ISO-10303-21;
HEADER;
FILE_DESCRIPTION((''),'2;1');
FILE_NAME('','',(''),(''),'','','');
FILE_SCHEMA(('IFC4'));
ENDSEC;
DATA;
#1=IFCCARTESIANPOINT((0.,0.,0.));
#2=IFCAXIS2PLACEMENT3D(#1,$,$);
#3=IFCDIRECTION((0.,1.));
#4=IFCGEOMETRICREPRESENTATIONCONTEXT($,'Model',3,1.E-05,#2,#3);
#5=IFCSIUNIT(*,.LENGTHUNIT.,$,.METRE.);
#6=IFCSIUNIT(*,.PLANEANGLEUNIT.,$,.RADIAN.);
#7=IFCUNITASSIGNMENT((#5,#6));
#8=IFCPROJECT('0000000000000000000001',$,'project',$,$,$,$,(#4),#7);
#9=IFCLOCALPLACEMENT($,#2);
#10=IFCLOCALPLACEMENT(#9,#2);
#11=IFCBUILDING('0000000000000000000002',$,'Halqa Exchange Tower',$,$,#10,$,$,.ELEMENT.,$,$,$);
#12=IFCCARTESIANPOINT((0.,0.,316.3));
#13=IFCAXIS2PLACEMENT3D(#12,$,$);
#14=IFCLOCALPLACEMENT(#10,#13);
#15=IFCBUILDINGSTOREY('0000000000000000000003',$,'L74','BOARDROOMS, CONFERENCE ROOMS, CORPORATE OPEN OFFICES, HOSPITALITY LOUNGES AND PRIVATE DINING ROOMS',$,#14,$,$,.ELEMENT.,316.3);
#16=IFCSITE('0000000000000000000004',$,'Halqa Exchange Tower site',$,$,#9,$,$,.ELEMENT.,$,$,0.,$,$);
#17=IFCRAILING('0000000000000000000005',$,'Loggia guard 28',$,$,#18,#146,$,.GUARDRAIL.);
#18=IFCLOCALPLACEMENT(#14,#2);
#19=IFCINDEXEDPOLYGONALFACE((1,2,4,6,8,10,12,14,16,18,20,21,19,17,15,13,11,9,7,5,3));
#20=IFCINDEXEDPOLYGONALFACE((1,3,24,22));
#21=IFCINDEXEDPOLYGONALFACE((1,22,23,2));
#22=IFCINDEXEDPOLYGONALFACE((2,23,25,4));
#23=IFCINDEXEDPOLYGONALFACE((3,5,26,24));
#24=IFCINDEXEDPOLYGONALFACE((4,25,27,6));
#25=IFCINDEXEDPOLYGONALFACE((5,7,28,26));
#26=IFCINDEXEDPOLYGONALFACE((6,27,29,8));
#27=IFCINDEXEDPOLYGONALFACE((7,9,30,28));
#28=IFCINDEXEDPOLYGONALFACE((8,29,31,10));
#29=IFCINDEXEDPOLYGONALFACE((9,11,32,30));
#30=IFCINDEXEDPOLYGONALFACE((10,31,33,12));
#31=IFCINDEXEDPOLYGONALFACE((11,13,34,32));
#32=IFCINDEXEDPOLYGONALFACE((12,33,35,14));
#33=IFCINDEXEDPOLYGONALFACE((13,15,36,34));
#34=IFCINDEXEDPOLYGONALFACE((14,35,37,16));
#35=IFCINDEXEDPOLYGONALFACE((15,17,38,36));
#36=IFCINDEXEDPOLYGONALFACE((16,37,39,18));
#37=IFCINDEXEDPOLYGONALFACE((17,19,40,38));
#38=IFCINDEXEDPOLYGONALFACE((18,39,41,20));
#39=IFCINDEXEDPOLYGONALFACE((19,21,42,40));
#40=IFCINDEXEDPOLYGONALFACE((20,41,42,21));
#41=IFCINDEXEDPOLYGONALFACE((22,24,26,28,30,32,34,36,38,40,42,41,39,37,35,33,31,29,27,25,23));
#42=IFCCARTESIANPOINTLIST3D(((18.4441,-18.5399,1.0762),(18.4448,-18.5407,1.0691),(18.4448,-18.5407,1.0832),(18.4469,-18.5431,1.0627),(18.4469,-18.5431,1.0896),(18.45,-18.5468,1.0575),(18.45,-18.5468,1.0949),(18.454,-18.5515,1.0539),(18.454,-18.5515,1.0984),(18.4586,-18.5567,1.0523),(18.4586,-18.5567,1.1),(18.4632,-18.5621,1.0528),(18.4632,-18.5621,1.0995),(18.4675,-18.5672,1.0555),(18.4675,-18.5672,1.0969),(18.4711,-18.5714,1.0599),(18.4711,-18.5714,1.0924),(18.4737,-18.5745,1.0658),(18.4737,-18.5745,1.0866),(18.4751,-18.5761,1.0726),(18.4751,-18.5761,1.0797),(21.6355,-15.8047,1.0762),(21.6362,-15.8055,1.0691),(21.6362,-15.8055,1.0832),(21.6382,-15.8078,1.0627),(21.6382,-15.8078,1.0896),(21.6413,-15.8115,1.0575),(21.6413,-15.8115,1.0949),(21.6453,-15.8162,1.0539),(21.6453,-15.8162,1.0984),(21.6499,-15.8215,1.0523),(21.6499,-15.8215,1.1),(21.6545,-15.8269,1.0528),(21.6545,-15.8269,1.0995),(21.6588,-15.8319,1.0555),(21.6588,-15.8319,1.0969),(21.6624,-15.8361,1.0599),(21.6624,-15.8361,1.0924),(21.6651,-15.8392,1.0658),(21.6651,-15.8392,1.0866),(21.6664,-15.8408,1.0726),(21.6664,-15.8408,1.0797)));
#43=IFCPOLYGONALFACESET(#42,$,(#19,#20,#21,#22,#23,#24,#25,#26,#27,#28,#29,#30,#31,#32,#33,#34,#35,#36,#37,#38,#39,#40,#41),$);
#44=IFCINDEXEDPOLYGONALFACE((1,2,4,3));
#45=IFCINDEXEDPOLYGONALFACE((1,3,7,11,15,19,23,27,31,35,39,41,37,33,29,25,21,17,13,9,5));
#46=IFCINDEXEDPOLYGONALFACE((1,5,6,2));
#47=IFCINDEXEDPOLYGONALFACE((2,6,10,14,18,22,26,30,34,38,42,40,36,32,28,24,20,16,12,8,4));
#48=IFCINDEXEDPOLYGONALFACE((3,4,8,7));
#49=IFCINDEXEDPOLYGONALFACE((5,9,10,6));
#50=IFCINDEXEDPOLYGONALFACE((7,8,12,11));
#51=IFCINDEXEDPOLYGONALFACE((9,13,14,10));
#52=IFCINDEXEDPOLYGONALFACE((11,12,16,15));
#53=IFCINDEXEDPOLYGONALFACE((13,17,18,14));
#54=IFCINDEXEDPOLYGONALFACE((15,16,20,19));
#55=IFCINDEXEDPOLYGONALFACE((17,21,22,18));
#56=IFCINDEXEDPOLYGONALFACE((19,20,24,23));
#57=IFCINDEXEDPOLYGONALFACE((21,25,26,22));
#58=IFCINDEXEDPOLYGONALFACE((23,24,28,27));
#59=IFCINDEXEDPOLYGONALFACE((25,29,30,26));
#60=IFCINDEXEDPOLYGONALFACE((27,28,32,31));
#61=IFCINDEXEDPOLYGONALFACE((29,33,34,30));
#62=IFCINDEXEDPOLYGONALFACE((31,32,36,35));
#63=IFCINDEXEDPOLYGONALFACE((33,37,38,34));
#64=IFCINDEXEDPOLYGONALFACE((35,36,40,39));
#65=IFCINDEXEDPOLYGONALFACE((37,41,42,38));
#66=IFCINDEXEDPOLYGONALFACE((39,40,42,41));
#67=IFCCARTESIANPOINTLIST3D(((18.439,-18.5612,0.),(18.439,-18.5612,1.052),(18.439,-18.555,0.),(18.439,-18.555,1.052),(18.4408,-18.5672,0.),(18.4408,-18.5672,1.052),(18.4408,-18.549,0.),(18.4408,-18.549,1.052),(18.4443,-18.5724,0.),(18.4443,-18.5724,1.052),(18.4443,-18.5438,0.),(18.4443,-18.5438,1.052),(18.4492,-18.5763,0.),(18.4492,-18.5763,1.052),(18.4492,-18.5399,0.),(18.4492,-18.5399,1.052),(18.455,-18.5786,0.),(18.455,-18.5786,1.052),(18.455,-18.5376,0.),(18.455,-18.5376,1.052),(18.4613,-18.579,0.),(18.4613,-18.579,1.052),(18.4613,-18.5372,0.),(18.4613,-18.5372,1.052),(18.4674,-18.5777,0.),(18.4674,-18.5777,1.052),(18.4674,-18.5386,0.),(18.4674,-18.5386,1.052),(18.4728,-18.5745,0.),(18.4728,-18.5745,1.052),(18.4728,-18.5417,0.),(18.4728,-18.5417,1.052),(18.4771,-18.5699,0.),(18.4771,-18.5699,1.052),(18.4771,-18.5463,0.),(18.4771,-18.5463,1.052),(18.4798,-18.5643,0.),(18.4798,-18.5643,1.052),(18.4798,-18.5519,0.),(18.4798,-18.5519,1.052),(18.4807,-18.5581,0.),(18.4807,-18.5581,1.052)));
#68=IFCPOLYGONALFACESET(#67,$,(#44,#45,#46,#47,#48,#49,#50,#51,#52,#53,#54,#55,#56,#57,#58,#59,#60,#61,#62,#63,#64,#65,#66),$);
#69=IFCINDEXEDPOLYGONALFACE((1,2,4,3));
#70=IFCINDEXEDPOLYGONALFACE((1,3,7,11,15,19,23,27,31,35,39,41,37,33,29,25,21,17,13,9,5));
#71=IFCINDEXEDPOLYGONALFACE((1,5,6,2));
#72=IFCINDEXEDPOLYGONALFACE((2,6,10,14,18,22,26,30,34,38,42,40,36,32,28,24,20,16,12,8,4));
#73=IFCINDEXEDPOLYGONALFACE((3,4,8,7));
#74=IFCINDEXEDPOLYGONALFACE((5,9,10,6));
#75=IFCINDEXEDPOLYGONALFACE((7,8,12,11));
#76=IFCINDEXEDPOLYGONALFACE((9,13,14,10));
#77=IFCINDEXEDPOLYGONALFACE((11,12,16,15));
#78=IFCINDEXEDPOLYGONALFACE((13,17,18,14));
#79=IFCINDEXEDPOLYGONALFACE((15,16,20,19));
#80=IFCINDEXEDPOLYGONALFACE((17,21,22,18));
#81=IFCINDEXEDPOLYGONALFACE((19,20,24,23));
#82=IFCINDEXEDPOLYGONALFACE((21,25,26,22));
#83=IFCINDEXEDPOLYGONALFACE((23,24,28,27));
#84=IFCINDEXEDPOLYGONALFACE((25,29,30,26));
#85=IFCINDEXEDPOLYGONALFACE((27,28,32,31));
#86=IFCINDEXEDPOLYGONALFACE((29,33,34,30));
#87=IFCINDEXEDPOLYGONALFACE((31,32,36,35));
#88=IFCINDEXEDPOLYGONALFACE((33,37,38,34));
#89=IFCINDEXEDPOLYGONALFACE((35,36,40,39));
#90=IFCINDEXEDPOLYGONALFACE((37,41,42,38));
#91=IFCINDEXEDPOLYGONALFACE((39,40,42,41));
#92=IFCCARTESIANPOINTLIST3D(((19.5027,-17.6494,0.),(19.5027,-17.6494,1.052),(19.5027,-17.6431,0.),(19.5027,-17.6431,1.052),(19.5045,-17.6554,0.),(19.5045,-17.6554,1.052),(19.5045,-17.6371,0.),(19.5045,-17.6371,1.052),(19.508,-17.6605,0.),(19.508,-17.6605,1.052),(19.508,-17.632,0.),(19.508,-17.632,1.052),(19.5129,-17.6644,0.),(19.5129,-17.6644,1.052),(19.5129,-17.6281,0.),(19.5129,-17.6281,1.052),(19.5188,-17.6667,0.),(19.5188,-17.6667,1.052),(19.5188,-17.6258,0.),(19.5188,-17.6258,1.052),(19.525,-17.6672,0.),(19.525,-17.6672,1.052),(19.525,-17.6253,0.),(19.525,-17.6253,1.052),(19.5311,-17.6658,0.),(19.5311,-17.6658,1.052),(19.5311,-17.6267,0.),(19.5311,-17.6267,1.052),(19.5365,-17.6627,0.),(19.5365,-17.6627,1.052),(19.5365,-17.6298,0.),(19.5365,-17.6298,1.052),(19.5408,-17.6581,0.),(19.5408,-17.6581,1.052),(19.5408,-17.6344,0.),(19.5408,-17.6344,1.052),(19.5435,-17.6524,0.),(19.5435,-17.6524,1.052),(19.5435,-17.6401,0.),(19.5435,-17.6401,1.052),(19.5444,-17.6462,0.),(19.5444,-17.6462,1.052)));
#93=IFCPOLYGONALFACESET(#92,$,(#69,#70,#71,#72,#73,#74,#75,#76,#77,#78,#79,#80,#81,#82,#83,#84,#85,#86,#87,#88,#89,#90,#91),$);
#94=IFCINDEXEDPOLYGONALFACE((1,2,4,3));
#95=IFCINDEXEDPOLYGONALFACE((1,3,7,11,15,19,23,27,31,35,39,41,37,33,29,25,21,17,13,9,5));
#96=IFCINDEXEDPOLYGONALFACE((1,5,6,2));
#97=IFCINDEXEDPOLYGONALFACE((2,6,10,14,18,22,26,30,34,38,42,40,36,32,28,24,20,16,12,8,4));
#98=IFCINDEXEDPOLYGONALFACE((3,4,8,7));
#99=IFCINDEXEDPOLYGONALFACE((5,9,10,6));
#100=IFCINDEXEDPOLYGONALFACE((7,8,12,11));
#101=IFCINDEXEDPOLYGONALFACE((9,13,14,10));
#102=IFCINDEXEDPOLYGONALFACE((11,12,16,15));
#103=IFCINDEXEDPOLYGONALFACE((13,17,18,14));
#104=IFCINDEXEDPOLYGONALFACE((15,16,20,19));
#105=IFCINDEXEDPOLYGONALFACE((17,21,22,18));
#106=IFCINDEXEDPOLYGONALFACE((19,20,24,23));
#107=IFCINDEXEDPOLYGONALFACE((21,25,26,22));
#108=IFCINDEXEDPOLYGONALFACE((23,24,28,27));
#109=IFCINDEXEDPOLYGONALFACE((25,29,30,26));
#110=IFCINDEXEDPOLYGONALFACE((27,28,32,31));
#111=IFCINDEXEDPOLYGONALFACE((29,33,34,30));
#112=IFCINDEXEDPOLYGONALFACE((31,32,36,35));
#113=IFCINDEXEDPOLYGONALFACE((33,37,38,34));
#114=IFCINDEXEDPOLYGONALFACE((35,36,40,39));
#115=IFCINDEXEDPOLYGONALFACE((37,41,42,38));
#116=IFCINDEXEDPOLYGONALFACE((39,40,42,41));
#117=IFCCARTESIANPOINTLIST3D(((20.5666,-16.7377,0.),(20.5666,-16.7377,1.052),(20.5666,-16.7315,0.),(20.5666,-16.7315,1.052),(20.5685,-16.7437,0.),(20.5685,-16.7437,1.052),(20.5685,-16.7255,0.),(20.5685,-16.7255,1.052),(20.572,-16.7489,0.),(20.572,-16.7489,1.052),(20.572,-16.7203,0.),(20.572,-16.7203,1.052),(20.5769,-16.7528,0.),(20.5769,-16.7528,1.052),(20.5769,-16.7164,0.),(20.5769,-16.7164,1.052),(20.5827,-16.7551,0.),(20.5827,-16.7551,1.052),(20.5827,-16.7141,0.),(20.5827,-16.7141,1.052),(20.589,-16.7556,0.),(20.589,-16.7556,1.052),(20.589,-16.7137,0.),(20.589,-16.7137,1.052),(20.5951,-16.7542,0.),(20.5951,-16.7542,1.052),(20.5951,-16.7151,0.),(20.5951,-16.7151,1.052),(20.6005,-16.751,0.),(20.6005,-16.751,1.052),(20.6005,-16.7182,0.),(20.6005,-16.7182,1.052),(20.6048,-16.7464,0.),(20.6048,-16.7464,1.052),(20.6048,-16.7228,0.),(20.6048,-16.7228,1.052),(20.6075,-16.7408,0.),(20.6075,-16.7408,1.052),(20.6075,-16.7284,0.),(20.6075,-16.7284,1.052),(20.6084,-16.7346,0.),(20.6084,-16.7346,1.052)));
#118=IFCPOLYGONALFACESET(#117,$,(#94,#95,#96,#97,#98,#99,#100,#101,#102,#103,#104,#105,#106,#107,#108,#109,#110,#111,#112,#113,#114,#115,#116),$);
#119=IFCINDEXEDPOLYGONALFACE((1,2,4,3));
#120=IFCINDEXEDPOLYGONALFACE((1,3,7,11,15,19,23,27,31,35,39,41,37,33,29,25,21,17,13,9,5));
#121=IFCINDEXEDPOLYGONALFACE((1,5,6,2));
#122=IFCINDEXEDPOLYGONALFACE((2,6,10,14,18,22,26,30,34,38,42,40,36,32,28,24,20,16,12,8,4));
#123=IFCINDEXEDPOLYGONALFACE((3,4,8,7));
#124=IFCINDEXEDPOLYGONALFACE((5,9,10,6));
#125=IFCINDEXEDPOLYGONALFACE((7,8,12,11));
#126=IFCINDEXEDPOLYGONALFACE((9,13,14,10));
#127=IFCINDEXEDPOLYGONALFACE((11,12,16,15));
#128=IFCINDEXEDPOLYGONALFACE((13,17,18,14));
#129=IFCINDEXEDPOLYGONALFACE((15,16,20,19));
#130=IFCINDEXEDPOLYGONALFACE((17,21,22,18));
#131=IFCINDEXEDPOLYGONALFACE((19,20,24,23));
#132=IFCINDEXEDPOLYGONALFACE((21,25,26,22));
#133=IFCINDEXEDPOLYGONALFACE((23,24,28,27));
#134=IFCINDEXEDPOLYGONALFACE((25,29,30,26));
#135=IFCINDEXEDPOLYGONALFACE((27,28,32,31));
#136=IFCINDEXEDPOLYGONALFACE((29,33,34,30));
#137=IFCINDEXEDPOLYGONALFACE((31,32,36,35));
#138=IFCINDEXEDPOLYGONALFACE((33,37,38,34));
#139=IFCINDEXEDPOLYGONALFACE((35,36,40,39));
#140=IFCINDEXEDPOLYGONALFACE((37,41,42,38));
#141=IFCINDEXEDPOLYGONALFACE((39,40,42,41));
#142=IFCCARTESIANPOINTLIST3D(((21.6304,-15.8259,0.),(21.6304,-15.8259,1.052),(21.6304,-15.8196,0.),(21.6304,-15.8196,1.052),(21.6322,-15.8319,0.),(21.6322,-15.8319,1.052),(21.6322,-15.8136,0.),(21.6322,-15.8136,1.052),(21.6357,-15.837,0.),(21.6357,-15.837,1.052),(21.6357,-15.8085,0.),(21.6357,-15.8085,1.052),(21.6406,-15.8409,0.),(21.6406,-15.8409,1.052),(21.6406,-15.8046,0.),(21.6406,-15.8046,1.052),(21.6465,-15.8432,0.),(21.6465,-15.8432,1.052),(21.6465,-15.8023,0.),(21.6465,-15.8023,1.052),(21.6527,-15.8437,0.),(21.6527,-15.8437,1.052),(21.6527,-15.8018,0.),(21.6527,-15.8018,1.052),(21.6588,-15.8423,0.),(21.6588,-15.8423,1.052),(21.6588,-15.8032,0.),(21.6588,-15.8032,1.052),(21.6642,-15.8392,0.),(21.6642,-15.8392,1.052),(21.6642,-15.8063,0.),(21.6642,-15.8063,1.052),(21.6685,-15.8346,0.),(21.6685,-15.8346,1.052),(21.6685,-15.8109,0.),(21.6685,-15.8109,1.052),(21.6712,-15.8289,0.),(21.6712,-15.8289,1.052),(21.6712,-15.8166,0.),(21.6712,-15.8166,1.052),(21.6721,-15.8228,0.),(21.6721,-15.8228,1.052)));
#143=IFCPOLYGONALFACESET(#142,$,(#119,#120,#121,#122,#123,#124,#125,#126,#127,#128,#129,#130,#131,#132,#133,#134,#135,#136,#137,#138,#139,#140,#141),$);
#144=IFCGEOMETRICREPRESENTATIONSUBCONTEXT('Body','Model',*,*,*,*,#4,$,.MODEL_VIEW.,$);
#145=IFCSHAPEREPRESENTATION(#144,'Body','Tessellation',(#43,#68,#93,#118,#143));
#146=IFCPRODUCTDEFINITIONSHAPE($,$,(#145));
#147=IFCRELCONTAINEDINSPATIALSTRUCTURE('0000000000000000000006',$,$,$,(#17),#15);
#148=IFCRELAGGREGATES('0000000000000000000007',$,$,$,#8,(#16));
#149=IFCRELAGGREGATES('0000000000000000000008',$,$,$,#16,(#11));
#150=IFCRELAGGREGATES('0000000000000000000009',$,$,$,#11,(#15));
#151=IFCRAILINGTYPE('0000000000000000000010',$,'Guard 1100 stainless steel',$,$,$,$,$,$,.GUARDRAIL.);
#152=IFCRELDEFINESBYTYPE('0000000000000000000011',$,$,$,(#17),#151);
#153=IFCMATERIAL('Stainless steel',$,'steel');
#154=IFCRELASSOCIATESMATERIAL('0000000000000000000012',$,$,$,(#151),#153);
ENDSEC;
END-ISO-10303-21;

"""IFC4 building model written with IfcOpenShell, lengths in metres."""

from ifc_helpers import new_model, si_unit, direction, frame, origin, origin_2d, place, context, subcontext, project, spatial, circle, extrude, material, type_object, element, save


model = new_model("IFC4")

# Units and contexts
model_context = context("Model", 3, precision=1e-05, world=origin(), true_north=direction((0.0, 1.0)))
body_context = subcontext(model_context, "Body", "Model", "MODEL_VIEW")
ifc_project = project(units=[si_unit("LENGTHUNIT", "METRE"), si_unit("PLANEANGLEUNIT", "RADIAN")], contexts=[model_context])

# Site, building, storey
site_placement = place(None, origin())
site = spatial("IfcSite", under=ifc_project, at=site_placement, Name="Halqa Exchange Tower site", CompositionType="ELEMENT", RefElevation=0.0)
building_placement = place(site_placement, origin())
building = spatial("IfcBuilding", under=site, at=building_placement, Name="Halqa Exchange Tower", CompositionType="ELEMENT")
storey_placement = place(building_placement, frame((0.0, 0.0, 316.3)))
storey = spatial("IfcBuildingStorey", under=building, at=storey_placement, Name="L74", Description="BOARDROOMS, CONFERENCE ROOMS, CORPORATE OPEN OFFICES, HOSPITALITY LOUNGES AND PRIVATE DINING ROOMS", CompositionType="ELEMENT", Elevation=316.3)

# Railing
ifc_material_1 = material(Name="Stainless steel", Category="steel")
railing_type = type_object("IfcRailingType", Name="Guard 1100 stainless steel", PredefinedType="GUARDRAIL", material=ifc_material_1)
railing_1_placement = place(storey_placement, frame((18.4597, -18.5581, 0.0)))
element("IfcRailing", 1, at=railing_1_placement, inside=storey, type_object=railing_type, Name="Loggia guard 28", PredefinedType="GUARDRAIL", context=body_context, shape_type="SweptSolid", body=[
    extrude(circle(Radius=0.0239, at=origin_2d()), frame((0.0, 0.0, 1.0762), z_axis=(0.759273, 0.650772, 0.0), x_axis=(-0.650772, 0.759273, 0.0)), (0.0, 0.0, 1.0), 4.2031),
    extrude(circle(Radius=0.021, at=origin_2d()), origin(), (0.0, 0.0, 1.0), 1.052),
    extrude(circle(Radius=0.021, at=origin_2d()), frame((1.0637, 0.9119, 0.0)), (0.0, 0.0, 1.0), 1.052),
    extrude(circle(Radius=0.021, at=origin_2d()), frame((2.1277, 1.8235, 0.0)), (0.0, 0.0, 1.0), 1.052),
    extrude(circle(Radius=0.021, at=origin_2d()), frame((3.1914, 2.7354, 0.0)), (0.0, 0.0, 1.0), 1.052),
])

save(model, "model.ifc")
